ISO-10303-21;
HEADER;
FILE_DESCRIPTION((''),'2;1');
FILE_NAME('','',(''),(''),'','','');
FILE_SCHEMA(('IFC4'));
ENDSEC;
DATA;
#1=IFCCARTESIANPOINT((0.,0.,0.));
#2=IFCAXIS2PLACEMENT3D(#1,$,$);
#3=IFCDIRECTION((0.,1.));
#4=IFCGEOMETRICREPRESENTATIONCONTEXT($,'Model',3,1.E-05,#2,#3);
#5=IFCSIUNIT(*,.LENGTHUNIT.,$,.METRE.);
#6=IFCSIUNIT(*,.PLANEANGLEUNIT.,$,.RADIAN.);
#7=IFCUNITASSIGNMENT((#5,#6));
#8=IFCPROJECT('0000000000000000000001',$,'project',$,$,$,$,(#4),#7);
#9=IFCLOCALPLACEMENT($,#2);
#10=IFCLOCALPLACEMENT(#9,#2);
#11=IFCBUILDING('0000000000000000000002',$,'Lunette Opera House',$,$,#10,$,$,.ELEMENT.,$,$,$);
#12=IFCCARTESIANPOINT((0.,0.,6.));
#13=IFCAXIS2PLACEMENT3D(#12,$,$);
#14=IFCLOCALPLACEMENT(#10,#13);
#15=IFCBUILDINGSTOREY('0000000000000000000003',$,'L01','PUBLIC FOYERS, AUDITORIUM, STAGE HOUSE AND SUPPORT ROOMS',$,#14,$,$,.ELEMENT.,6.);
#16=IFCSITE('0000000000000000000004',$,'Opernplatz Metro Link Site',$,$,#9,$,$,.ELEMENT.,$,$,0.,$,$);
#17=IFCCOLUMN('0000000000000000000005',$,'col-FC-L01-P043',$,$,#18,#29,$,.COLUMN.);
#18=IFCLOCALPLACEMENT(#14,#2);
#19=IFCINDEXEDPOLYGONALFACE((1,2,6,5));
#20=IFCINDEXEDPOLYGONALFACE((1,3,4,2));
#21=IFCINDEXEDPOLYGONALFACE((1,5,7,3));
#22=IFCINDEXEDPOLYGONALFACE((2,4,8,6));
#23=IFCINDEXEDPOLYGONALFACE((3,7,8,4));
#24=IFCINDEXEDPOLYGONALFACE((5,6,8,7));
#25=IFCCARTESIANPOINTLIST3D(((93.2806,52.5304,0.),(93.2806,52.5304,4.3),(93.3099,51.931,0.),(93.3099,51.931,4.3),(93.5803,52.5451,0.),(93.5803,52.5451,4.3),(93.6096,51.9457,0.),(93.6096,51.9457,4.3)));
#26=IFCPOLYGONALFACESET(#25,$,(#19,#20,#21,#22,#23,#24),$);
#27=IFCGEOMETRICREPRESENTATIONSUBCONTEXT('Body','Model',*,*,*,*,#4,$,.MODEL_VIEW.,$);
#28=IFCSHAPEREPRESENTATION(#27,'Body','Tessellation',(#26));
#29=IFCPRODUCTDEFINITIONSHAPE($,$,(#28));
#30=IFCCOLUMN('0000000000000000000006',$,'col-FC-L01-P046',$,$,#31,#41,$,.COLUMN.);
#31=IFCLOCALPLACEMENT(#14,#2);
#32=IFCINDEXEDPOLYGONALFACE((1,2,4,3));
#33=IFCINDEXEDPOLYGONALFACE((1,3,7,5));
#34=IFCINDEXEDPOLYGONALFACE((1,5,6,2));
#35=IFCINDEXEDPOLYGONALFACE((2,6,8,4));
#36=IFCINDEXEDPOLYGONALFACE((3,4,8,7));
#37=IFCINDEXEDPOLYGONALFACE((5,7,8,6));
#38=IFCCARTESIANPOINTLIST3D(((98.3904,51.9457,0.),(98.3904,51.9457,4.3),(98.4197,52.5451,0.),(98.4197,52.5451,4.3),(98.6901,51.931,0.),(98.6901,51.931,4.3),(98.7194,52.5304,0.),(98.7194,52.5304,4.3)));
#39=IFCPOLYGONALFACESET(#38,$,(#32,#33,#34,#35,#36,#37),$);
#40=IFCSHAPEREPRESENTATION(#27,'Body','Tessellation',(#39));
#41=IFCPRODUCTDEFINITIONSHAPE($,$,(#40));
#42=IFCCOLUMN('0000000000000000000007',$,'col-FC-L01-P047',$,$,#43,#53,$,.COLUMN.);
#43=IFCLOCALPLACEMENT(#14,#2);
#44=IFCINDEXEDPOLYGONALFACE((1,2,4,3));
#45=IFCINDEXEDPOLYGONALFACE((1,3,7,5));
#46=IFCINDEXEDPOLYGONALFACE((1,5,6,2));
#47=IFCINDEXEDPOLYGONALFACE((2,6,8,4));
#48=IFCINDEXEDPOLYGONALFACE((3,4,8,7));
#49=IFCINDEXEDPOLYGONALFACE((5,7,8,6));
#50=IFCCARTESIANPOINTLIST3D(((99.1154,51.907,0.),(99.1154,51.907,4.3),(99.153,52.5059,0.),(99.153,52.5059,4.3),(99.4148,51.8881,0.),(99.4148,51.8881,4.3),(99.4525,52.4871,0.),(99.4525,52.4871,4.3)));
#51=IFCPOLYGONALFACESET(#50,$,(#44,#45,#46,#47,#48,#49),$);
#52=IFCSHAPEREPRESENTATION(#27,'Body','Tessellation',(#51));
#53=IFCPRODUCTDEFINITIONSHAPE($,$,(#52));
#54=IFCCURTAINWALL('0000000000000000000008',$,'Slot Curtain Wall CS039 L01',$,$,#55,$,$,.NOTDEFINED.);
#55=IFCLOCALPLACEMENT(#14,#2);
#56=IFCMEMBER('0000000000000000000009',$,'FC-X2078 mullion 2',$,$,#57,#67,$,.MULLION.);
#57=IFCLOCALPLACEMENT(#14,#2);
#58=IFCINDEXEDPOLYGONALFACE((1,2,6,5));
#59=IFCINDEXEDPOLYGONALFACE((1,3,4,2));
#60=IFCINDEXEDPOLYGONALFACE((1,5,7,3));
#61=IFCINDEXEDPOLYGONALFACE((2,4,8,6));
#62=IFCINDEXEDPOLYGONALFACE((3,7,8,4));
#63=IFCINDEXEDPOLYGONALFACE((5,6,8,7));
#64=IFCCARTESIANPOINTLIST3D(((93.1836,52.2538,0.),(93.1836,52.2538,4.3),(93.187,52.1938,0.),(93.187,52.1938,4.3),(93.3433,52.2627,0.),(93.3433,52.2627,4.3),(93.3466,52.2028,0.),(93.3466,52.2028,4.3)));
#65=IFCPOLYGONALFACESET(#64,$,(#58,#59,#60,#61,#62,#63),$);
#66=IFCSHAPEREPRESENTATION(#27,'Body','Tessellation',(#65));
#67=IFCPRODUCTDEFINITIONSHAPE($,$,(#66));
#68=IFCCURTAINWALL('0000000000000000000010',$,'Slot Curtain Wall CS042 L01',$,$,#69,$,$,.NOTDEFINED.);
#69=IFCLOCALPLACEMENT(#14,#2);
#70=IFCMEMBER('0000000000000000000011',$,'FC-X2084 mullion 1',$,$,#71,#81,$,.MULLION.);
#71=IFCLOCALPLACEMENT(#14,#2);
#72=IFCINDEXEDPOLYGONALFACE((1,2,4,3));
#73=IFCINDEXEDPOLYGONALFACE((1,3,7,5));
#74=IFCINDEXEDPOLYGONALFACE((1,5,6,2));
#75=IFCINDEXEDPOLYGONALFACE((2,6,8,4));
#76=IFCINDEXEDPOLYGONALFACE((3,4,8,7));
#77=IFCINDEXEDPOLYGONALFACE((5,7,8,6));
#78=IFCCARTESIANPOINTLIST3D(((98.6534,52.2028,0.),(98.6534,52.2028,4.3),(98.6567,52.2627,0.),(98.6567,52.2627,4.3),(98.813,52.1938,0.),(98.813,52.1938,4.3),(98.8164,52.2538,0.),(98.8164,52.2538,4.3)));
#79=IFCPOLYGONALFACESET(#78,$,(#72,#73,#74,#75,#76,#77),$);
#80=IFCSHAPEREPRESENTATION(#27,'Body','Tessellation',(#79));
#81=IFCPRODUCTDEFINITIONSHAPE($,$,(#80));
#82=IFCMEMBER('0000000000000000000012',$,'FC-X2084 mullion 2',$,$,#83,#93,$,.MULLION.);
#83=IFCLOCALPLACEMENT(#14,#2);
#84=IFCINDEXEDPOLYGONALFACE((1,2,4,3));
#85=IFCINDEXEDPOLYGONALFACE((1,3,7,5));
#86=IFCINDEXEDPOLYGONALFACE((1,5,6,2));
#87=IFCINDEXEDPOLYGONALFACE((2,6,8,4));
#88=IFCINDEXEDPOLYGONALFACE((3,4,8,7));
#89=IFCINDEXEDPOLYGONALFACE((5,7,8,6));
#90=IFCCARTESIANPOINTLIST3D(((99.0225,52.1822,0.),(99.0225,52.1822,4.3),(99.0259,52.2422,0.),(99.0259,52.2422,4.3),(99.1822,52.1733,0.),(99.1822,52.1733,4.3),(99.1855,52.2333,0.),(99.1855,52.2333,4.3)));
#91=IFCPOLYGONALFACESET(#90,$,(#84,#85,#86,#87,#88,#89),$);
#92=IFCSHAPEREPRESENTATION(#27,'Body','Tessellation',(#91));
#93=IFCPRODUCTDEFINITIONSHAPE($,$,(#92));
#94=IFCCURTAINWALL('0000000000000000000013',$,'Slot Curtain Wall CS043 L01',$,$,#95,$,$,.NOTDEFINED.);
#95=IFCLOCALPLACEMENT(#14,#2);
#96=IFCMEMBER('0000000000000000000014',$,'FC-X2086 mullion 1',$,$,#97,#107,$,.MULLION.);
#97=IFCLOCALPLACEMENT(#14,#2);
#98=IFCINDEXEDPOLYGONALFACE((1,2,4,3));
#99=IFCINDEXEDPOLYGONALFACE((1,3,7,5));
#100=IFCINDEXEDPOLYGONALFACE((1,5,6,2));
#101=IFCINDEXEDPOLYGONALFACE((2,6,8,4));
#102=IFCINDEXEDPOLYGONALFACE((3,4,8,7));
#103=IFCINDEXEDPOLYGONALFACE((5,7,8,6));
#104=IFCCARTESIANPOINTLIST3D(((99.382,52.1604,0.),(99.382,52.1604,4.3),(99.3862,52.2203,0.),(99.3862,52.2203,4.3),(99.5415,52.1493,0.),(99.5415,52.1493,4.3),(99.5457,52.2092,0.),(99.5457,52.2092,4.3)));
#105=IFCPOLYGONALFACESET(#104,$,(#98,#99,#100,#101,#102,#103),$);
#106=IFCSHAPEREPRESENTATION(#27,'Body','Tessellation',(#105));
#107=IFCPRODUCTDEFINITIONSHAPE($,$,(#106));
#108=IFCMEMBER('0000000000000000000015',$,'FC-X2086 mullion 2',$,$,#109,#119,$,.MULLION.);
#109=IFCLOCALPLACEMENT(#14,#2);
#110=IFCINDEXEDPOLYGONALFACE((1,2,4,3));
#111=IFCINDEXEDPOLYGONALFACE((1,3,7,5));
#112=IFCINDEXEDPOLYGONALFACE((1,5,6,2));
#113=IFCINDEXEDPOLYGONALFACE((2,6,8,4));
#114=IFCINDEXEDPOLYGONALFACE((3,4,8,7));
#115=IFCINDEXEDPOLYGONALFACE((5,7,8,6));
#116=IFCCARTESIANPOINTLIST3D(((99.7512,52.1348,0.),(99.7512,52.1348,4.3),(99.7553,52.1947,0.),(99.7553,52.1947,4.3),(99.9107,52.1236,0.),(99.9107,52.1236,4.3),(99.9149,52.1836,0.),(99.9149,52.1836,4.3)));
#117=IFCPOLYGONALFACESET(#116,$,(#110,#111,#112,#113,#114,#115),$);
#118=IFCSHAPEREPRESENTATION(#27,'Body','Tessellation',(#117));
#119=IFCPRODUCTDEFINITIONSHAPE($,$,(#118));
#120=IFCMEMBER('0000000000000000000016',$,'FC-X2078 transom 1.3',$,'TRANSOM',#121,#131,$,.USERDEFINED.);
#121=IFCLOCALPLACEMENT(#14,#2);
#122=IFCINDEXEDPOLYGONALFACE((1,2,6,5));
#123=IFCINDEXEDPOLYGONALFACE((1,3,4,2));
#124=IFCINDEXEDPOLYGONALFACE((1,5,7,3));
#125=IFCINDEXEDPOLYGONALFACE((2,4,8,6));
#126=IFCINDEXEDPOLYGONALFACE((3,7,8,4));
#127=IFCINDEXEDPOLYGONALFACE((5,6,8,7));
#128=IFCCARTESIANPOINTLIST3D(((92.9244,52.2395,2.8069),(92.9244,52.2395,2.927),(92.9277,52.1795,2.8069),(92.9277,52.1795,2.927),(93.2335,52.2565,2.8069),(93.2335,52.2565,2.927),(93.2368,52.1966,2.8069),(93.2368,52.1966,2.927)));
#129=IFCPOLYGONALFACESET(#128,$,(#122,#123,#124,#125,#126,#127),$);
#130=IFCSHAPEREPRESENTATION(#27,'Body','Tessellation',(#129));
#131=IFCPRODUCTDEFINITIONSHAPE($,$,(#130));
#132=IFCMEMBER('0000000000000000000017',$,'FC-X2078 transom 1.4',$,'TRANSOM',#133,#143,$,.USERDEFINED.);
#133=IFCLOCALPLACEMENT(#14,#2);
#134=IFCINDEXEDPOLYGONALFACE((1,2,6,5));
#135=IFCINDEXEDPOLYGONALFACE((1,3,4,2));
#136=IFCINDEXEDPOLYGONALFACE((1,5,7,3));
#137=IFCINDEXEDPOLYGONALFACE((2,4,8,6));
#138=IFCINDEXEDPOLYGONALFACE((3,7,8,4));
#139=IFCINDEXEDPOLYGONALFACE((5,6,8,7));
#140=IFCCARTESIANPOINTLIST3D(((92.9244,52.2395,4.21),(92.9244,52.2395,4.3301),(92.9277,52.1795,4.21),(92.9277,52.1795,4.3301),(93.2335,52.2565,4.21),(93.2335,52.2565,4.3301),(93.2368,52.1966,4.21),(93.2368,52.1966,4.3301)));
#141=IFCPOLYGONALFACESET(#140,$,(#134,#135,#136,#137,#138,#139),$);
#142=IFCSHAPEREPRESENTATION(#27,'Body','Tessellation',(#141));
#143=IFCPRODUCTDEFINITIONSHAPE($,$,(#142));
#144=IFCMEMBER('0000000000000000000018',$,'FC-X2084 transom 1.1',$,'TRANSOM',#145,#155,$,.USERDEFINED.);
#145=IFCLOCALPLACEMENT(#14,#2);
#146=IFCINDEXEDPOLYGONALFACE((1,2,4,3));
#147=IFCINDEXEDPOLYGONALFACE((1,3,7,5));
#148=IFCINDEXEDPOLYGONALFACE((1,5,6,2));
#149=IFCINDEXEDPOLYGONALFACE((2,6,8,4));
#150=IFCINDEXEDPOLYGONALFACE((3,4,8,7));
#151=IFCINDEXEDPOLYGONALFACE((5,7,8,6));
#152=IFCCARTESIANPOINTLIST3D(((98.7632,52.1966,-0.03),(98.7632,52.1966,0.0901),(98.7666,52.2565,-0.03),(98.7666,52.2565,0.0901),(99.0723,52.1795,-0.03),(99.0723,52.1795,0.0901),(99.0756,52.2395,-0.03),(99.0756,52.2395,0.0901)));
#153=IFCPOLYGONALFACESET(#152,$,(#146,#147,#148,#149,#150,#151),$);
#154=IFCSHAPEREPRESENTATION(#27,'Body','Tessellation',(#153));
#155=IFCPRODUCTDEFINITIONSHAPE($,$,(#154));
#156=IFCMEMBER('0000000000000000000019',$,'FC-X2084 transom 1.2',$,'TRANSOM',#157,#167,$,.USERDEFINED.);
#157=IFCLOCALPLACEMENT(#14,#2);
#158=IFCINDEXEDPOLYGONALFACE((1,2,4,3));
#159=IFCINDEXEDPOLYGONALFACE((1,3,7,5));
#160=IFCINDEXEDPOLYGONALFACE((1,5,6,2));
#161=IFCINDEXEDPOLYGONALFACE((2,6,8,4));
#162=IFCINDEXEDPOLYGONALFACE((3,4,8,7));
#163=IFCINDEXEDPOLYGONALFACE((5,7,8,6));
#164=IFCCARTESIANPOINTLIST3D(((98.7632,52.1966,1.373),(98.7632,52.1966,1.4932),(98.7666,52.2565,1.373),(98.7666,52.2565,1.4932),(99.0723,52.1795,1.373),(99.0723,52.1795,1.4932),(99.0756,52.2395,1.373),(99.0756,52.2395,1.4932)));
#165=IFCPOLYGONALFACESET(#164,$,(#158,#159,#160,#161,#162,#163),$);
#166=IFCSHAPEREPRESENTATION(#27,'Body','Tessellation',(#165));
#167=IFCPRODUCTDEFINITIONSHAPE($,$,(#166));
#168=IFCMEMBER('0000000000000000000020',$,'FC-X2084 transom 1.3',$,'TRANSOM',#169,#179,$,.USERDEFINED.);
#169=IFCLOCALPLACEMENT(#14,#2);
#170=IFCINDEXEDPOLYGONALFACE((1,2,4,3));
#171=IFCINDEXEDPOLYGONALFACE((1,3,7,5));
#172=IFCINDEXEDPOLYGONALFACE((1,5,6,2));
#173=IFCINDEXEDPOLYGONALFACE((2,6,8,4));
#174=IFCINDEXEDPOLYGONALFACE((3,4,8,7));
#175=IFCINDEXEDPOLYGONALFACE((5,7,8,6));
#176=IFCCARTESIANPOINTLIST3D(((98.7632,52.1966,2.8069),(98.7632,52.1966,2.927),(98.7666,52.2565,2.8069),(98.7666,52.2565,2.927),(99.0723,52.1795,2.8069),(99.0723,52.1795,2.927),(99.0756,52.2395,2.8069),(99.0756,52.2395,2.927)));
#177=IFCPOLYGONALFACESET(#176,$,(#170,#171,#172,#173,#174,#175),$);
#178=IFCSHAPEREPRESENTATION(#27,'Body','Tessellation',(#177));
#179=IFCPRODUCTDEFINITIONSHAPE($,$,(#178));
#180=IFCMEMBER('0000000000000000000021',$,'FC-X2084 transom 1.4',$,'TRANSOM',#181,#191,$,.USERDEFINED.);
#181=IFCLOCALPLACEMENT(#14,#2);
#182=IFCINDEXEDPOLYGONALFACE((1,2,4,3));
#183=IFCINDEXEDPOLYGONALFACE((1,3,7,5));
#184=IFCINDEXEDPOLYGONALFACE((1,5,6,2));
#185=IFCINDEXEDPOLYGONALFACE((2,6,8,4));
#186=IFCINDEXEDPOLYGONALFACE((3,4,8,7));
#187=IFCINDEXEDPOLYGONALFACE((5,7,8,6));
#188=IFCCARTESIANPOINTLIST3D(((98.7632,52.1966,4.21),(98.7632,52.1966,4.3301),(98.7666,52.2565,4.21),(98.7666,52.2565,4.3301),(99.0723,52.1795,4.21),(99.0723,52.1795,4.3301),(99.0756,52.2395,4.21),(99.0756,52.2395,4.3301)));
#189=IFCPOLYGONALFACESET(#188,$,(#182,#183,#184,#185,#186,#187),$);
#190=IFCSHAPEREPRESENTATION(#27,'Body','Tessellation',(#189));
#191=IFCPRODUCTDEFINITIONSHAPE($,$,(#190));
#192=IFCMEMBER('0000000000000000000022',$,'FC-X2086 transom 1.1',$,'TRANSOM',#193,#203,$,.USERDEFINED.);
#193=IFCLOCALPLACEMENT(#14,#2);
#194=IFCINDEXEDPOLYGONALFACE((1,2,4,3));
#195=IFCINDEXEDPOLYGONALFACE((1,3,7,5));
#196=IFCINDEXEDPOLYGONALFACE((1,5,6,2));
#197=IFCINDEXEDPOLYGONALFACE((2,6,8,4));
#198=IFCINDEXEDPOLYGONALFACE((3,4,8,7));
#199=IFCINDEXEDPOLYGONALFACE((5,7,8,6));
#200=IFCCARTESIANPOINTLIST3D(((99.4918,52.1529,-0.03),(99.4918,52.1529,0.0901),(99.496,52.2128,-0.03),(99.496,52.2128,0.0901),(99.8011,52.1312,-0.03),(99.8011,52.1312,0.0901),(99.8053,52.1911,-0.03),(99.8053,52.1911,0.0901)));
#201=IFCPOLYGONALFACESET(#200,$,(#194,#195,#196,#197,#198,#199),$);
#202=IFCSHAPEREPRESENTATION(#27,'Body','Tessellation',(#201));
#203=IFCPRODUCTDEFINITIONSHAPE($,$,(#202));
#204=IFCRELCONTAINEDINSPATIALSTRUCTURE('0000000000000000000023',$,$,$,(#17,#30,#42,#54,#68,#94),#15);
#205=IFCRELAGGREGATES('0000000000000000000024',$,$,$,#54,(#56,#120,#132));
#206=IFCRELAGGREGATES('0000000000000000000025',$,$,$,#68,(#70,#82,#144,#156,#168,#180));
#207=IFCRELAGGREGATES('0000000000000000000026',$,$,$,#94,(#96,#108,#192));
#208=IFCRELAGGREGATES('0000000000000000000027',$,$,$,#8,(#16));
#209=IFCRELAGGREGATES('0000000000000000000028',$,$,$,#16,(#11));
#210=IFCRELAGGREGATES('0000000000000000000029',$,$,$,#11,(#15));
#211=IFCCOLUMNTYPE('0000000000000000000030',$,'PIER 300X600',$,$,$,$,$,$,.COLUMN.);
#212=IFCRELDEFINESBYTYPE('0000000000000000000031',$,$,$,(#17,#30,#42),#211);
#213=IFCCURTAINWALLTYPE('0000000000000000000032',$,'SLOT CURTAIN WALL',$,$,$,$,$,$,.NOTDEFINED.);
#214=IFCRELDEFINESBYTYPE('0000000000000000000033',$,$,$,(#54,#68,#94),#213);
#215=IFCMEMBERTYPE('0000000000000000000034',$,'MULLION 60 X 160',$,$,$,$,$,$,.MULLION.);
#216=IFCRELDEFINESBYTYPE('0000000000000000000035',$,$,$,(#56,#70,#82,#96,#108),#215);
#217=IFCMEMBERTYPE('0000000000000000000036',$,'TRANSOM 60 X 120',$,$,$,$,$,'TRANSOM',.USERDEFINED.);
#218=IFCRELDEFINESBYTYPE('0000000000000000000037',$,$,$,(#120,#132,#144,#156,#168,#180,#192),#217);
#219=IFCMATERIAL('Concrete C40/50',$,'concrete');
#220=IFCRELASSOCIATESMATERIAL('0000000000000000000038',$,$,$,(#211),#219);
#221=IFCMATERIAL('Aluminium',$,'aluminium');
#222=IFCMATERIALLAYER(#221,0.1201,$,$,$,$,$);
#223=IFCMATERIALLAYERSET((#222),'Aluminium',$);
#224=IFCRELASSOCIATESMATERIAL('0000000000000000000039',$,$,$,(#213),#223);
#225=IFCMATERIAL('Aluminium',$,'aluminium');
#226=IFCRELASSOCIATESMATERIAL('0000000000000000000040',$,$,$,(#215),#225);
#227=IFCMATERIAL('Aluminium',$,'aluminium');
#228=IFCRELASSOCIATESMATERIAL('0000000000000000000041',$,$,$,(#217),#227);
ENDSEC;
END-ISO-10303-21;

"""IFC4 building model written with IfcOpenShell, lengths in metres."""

from ifc_helpers import new_model, si_unit, direction, frame, origin, origin_2d, place, context, subcontext, project, spatial, rectangle, extrude, material, layer, layer_set, material_profile, profile_set, type_object, element, aggregate, save


model = new_model("IFC4")

# Units and contexts
model_context = context("Model", 3, precision=1e-05, world=origin(), true_north=direction((0.0, 1.0)))
body_context = subcontext(model_context, "Body", "Model", "MODEL_VIEW")
ifc_project = project(units=[si_unit("LENGTHUNIT", "METRE"), si_unit("PLANEANGLEUNIT", "RADIAN")], contexts=[model_context])

# Site, building, storey
site_placement = place(None, origin())
site = spatial("IfcSite", under=ifc_project, at=site_placement, Name="Opernplatz Metro Link Site", CompositionType="ELEMENT", RefElevation=0.0)
building_placement = place(site_placement, origin())
building = spatial("IfcBuilding", under=site, at=building_placement, Name="Lunette Opera House", CompositionType="ELEMENT")
storey_placement = place(building_placement, frame((0.0, 0.0, 6.0)))
storey = spatial("IfcBuildingStorey", under=building, at=storey_placement, Name="L01", Description="PUBLIC FOYERS, AUDITORIUM, STAGE HOUSE AND SUPPORT ROOMS", CompositionType="ELEMENT", Elevation=6.0)

# Columns
ifc_material_1 = material(Name="Concrete C40/50", Category="concrete")
ifc_material_profile_1 = material_profile(ifc_material_1, rectangle(XDim=0.3, YDim=0.6001, at=origin_2d()), Name="PIER 300X600")
ifc_profile_set_1 = profile_set([ifc_material_profile_1], Name="Concrete C40/50")
column_type = type_object("IfcColumnType", Name="PIER 300X600", PredefinedType="COLUMN", material=ifc_profile_set_1)
for number, where, z_axis, x_axis, name in (
    (1, (93.4451, 52.238, 0.0), (0.0, 0.0, 1.0), (0.998806, 0.04885, 0.0), "col-FC-L01-P043"),
    (2, (98.5549, 52.238, 0.0), (0.0, 0.0, 1.0), (0.998806, -0.04885, 0.0), "col-FC-L01-P046"),
    (3, (99.2839, 52.197, 0.0), (0.0, 0.0, 1.0), (0.998027, -0.062791, 0.0), "col-FC-L01-P047"),
):
    element("IfcColumn", number, at=place(storey_placement, frame(where, z_axis=z_axis, x_axis=x_axis)), inside=storey, type_object=column_type, Name=name, PredefinedType="COLUMN", context=body_context, shape_type="SweptSolid", body=[
        extrude(rectangle(XDim=0.3, YDim=0.6001, at=origin_2d()), origin(), (0.0, 0.0, 1.0), 4.3),
    ])

# Curtain wall, member
ifc_material_2 = material(Name="Aluminium", Category="aluminium")
ifc_layer_1 = layer(ifc_material_2, 0.1201)
ifc_layer_set_1 = layer_set([ifc_layer_1], Name="Aluminium")
curtain_wall_type = type_object("IfcCurtainWallType", Name="SLOT CURTAIN WALL", PredefinedType="NOTDEFINED", material=ifc_layer_set_1)
curtain_wall_1_placement = place(storey_placement, origin())
curtain_wall_1 = element("IfcCurtainWall", 4, at=curtain_wall_1_placement, inside=storey, type_object=curtain_wall_type, Name="Slot Curtain Wall CS039 L01", PredefinedType="NOTDEFINED")
ifc_material_3 = material(Name="Aluminium", Category="aluminium")
ifc_material_profile_2 = material_profile(ifc_material_3, rectangle(XDim=0.0601, YDim=0.1599, at=origin_2d()), Name="MULLION 60 X 160")
ifc_profile_set_2 = profile_set([ifc_material_profile_2], Name="Aluminium")
member_type_1 = type_object("IfcMemberType", Name="MULLION 60 X 160", PredefinedType="MULLION", material=ifc_profile_set_2)
member_1_placement = place(storey_placement, frame((93.2651, 52.2283, 0.0), z_axis=(0.0, 0.0, 1.0), x_axis=(-0.055857, 0.998439, 0.0)))
member_1 = element("IfcMember", 5, at=member_1_placement, type_object=member_type_1, Name="FC-X2078 mullion 2", PredefinedType="MULLION", context=body_context, shape_type="SweptSolid", body=[
    extrude(rectangle(XDim=0.0601, YDim=0.1599, at=origin_2d()), origin(), (0.0, 0.0, 1.0), 4.3),
])

# Curtain walls, members
curtain_wall_2_placement = place(storey_placement, origin())
curtain_wall_2 = element("IfcCurtainWall", 6, at=curtain_wall_2_placement, inside=storey, type_object=curtain_wall_type, Name="Slot Curtain Wall CS042 L01", PredefinedType="NOTDEFINED")
member_2_placement = place(storey_placement, frame((98.7349, 52.2283, 0.0), z_axis=(0.0, 0.0, 1.0), x_axis=(0.055857, 0.998439, 0.0)))
member_2 = element("IfcMember", 7, at=member_2_placement, type_object=member_type_1, Name="FC-X2084 mullion 1", PredefinedType="MULLION", context=body_context, shape_type="SweptSolid", body=[
    extrude(rectangle(XDim=0.0601, YDim=0.1599, at=origin_2d()), origin(), (0.0, 0.0, 1.0), 4.3),
])
member_3_placement = place(storey_placement, frame((99.104, 52.2078, 0.0), z_axis=(0.0, 0.0, 1.0), x_axis=(0.055857, 0.998439, 0.0)))
member_3 = element("IfcMember", 8, at=member_3_placement, type_object=member_type_1, Name="FC-X2084 mullion 2", PredefinedType="MULLION", context=body_context, shape_type="SweptSolid", body=[
    extrude(rectangle(XDim=0.0601, YDim=0.1599, at=origin_2d()), origin(), (0.0, 0.0, 1.0), 4.3),
])
curtain_wall_3_placement = place(storey_placement, origin())
curtain_wall_3 = element("IfcCurtainWall", 9, at=curtain_wall_3_placement, inside=storey, type_object=curtain_wall_type, Name="Slot Curtain Wall CS043 L01", PredefinedType="NOTDEFINED")
member_4_placement = place(storey_placement, frame((99.4639, 52.1848, 0.0), z_axis=(0.0, 0.0, 1.0), x_axis=(0.06976, 0.997564, 0.0)))
member_4 = element("IfcMember", 10, at=member_4_placement, type_object=member_type_1, Name="FC-X2086 mullion 1", PredefinedType="MULLION", context=body_context, shape_type="SweptSolid", body=[
    extrude(rectangle(XDim=0.0601, YDim=0.1599, at=origin_2d()), origin(), (0.0, 0.0, 1.0), 4.3),
])
member_5_placement = place(storey_placement, frame((99.833, 52.1592, 0.0), z_axis=(0.0, 0.0, 1.0), x_axis=(0.06976, 0.997564, 0.0)))
member_5 = element("IfcMember", 11, at=member_5_placement, type_object=member_type_1, Name="FC-X2086 mullion 2", PredefinedType="MULLION", context=body_context, shape_type="SweptSolid", body=[
    extrude(rectangle(XDim=0.0601, YDim=0.1599, at=origin_2d()), origin(), (0.0, 0.0, 1.0), 4.3),
])

# Members
ifc_material_4 = material(Name="Aluminium", Category="aluminium")
ifc_material_profile_3 = material_profile(ifc_material_4, rectangle(XDim=0.0601, YDim=0.1201, at=origin_2d()), Name="TRANSOM 60 X 120")
ifc_profile_set_3 = profile_set([ifc_material_profile_3], Name="Aluminium")
member_type_2 = type_object("IfcMemberType", Name="TRANSOM 60 X 120", ElementType="TRANSOM", PredefinedType="USERDEFINED", material=ifc_profile_set_3)
member_6_placement = place(storey_placement, frame((92.926, 52.2095, 2.8669), z_axis=(0.998475, 0.055208, 0.0), x_axis=(-0.055208, 0.998475, 0.0)))
member_6 = element("IfcMember", 12, at=member_6_placement, type_object=member_type_2, Name="FC-X2078 transom 1.3", ObjectType="TRANSOM", PredefinedType="USERDEFINED", context=body_context, shape_type="SweptSolid", body=[
    extrude(rectangle(XDim=0.0601, YDim=0.1201, at=origin_2d()), origin(), (0.0, 0.0, 1.0), 0.3096),
])
member_7_placement = place(storey_placement, frame((92.926, 52.2095, 4.27), z_axis=(0.998475, 0.055208, 0.0), x_axis=(-0.055208, 0.998475, 0.0)))
member_7 = element("IfcMember", 13, at=member_7_placement, type_object=member_type_2, Name="FC-X2078 transom 1.4", ObjectType="TRANSOM", PredefinedType="USERDEFINED", context=body_context, shape_type="SweptSolid", body=[
    extrude(rectangle(XDim=0.0601, YDim=0.1201, at=origin_2d()), origin(), (0.0, 0.0, 1.0), 0.3096),
])
member_8_placement = place(storey_placement, frame((98.7649, 52.2266, 0.03), z_axis=(0.998475, -0.055208, 0.0), x_axis=(0.055208, 0.998475, 0.0)))
member_8 = element("IfcMember", 14, at=member_8_placement, type_object=member_type_2, Name="FC-X2084 transom 1.1", ObjectType="TRANSOM", PredefinedType="USERDEFINED", context=body_context, shape_type="SweptSolid", body=[
    extrude(rectangle(XDim=0.0601, YDim=0.1201, at=origin_2d()), origin(), (0.0, 0.0, 1.0), 0.3096),
])
member_9_placement = place(storey_placement, frame((98.7649, 52.2266, 1.4331), z_axis=(0.998475, -0.055208, 0.0), x_axis=(0.055208, 0.998475, 0.0)))
member_9 = element("IfcMember", 15, at=member_9_placement, type_object=member_type_2, Name="FC-X2084 transom 1.2", ObjectType="TRANSOM", PredefinedType="USERDEFINED", context=body_context, shape_type="SweptSolid", body=[
    extrude(rectangle(XDim=0.0601, YDim=0.1201, at=origin_2d()), origin(), (0.0, 0.0, 1.0), 0.3096),
])
member_10_placement = place(storey_placement, frame((98.7649, 52.2266, 2.8669), z_axis=(0.998475, -0.055208, 0.0), x_axis=(0.055208, 0.998475, 0.0)))
member_10 = element("IfcMember", 16, at=member_10_placement, type_object=member_type_2, Name="FC-X2084 transom 1.3", ObjectType="TRANSOM", PredefinedType="USERDEFINED", context=body_context, shape_type="SweptSolid", body=[
    extrude(rectangle(XDim=0.0601, YDim=0.1201, at=origin_2d()), origin(), (0.0, 0.0, 1.0), 0.3096),
])
member_11_placement = place(storey_placement, frame((98.7649, 52.2266, 4.27), z_axis=(0.998475, -0.055208, 0.0), x_axis=(0.055208, 0.998475, 0.0)))
member_11 = element("IfcMember", 17, at=member_11_placement, type_object=member_type_2, Name="FC-X2084 transom 1.4", ObjectType="TRANSOM", PredefinedType="USERDEFINED", context=body_context, shape_type="SweptSolid", body=[
    extrude(rectangle(XDim=0.0601, YDim=0.1201, at=origin_2d()), origin(), (0.0, 0.0, 1.0), 0.3096),
])
member_12_placement = place(storey_placement, frame((99.4939, 52.1829, 0.03), z_axis=(0.997542, -0.070072, 0.0), x_axis=(0.070072, 0.997542, 0.0)))
member_12 = element("IfcMember", 18, at=member_12_placement, type_object=member_type_2, Name="FC-X2086 transom 1.1", ObjectType="TRANSOM", PredefinedType="USERDEFINED", context=body_context, shape_type="SweptSolid", body=[
    extrude(rectangle(XDim=0.0601, YDim=0.1201, at=origin_2d()), origin(), (0.0, 0.0, 1.0), 0.3101),
])

aggregate(curtain_wall_1, [member_1, member_6, member_7])
aggregate(curtain_wall_2, [member_2, member_3, member_8, member_9, member_10, member_11])
aggregate(curtain_wall_3, [member_4, member_5, member_12])

save(model, "model.ifc")
